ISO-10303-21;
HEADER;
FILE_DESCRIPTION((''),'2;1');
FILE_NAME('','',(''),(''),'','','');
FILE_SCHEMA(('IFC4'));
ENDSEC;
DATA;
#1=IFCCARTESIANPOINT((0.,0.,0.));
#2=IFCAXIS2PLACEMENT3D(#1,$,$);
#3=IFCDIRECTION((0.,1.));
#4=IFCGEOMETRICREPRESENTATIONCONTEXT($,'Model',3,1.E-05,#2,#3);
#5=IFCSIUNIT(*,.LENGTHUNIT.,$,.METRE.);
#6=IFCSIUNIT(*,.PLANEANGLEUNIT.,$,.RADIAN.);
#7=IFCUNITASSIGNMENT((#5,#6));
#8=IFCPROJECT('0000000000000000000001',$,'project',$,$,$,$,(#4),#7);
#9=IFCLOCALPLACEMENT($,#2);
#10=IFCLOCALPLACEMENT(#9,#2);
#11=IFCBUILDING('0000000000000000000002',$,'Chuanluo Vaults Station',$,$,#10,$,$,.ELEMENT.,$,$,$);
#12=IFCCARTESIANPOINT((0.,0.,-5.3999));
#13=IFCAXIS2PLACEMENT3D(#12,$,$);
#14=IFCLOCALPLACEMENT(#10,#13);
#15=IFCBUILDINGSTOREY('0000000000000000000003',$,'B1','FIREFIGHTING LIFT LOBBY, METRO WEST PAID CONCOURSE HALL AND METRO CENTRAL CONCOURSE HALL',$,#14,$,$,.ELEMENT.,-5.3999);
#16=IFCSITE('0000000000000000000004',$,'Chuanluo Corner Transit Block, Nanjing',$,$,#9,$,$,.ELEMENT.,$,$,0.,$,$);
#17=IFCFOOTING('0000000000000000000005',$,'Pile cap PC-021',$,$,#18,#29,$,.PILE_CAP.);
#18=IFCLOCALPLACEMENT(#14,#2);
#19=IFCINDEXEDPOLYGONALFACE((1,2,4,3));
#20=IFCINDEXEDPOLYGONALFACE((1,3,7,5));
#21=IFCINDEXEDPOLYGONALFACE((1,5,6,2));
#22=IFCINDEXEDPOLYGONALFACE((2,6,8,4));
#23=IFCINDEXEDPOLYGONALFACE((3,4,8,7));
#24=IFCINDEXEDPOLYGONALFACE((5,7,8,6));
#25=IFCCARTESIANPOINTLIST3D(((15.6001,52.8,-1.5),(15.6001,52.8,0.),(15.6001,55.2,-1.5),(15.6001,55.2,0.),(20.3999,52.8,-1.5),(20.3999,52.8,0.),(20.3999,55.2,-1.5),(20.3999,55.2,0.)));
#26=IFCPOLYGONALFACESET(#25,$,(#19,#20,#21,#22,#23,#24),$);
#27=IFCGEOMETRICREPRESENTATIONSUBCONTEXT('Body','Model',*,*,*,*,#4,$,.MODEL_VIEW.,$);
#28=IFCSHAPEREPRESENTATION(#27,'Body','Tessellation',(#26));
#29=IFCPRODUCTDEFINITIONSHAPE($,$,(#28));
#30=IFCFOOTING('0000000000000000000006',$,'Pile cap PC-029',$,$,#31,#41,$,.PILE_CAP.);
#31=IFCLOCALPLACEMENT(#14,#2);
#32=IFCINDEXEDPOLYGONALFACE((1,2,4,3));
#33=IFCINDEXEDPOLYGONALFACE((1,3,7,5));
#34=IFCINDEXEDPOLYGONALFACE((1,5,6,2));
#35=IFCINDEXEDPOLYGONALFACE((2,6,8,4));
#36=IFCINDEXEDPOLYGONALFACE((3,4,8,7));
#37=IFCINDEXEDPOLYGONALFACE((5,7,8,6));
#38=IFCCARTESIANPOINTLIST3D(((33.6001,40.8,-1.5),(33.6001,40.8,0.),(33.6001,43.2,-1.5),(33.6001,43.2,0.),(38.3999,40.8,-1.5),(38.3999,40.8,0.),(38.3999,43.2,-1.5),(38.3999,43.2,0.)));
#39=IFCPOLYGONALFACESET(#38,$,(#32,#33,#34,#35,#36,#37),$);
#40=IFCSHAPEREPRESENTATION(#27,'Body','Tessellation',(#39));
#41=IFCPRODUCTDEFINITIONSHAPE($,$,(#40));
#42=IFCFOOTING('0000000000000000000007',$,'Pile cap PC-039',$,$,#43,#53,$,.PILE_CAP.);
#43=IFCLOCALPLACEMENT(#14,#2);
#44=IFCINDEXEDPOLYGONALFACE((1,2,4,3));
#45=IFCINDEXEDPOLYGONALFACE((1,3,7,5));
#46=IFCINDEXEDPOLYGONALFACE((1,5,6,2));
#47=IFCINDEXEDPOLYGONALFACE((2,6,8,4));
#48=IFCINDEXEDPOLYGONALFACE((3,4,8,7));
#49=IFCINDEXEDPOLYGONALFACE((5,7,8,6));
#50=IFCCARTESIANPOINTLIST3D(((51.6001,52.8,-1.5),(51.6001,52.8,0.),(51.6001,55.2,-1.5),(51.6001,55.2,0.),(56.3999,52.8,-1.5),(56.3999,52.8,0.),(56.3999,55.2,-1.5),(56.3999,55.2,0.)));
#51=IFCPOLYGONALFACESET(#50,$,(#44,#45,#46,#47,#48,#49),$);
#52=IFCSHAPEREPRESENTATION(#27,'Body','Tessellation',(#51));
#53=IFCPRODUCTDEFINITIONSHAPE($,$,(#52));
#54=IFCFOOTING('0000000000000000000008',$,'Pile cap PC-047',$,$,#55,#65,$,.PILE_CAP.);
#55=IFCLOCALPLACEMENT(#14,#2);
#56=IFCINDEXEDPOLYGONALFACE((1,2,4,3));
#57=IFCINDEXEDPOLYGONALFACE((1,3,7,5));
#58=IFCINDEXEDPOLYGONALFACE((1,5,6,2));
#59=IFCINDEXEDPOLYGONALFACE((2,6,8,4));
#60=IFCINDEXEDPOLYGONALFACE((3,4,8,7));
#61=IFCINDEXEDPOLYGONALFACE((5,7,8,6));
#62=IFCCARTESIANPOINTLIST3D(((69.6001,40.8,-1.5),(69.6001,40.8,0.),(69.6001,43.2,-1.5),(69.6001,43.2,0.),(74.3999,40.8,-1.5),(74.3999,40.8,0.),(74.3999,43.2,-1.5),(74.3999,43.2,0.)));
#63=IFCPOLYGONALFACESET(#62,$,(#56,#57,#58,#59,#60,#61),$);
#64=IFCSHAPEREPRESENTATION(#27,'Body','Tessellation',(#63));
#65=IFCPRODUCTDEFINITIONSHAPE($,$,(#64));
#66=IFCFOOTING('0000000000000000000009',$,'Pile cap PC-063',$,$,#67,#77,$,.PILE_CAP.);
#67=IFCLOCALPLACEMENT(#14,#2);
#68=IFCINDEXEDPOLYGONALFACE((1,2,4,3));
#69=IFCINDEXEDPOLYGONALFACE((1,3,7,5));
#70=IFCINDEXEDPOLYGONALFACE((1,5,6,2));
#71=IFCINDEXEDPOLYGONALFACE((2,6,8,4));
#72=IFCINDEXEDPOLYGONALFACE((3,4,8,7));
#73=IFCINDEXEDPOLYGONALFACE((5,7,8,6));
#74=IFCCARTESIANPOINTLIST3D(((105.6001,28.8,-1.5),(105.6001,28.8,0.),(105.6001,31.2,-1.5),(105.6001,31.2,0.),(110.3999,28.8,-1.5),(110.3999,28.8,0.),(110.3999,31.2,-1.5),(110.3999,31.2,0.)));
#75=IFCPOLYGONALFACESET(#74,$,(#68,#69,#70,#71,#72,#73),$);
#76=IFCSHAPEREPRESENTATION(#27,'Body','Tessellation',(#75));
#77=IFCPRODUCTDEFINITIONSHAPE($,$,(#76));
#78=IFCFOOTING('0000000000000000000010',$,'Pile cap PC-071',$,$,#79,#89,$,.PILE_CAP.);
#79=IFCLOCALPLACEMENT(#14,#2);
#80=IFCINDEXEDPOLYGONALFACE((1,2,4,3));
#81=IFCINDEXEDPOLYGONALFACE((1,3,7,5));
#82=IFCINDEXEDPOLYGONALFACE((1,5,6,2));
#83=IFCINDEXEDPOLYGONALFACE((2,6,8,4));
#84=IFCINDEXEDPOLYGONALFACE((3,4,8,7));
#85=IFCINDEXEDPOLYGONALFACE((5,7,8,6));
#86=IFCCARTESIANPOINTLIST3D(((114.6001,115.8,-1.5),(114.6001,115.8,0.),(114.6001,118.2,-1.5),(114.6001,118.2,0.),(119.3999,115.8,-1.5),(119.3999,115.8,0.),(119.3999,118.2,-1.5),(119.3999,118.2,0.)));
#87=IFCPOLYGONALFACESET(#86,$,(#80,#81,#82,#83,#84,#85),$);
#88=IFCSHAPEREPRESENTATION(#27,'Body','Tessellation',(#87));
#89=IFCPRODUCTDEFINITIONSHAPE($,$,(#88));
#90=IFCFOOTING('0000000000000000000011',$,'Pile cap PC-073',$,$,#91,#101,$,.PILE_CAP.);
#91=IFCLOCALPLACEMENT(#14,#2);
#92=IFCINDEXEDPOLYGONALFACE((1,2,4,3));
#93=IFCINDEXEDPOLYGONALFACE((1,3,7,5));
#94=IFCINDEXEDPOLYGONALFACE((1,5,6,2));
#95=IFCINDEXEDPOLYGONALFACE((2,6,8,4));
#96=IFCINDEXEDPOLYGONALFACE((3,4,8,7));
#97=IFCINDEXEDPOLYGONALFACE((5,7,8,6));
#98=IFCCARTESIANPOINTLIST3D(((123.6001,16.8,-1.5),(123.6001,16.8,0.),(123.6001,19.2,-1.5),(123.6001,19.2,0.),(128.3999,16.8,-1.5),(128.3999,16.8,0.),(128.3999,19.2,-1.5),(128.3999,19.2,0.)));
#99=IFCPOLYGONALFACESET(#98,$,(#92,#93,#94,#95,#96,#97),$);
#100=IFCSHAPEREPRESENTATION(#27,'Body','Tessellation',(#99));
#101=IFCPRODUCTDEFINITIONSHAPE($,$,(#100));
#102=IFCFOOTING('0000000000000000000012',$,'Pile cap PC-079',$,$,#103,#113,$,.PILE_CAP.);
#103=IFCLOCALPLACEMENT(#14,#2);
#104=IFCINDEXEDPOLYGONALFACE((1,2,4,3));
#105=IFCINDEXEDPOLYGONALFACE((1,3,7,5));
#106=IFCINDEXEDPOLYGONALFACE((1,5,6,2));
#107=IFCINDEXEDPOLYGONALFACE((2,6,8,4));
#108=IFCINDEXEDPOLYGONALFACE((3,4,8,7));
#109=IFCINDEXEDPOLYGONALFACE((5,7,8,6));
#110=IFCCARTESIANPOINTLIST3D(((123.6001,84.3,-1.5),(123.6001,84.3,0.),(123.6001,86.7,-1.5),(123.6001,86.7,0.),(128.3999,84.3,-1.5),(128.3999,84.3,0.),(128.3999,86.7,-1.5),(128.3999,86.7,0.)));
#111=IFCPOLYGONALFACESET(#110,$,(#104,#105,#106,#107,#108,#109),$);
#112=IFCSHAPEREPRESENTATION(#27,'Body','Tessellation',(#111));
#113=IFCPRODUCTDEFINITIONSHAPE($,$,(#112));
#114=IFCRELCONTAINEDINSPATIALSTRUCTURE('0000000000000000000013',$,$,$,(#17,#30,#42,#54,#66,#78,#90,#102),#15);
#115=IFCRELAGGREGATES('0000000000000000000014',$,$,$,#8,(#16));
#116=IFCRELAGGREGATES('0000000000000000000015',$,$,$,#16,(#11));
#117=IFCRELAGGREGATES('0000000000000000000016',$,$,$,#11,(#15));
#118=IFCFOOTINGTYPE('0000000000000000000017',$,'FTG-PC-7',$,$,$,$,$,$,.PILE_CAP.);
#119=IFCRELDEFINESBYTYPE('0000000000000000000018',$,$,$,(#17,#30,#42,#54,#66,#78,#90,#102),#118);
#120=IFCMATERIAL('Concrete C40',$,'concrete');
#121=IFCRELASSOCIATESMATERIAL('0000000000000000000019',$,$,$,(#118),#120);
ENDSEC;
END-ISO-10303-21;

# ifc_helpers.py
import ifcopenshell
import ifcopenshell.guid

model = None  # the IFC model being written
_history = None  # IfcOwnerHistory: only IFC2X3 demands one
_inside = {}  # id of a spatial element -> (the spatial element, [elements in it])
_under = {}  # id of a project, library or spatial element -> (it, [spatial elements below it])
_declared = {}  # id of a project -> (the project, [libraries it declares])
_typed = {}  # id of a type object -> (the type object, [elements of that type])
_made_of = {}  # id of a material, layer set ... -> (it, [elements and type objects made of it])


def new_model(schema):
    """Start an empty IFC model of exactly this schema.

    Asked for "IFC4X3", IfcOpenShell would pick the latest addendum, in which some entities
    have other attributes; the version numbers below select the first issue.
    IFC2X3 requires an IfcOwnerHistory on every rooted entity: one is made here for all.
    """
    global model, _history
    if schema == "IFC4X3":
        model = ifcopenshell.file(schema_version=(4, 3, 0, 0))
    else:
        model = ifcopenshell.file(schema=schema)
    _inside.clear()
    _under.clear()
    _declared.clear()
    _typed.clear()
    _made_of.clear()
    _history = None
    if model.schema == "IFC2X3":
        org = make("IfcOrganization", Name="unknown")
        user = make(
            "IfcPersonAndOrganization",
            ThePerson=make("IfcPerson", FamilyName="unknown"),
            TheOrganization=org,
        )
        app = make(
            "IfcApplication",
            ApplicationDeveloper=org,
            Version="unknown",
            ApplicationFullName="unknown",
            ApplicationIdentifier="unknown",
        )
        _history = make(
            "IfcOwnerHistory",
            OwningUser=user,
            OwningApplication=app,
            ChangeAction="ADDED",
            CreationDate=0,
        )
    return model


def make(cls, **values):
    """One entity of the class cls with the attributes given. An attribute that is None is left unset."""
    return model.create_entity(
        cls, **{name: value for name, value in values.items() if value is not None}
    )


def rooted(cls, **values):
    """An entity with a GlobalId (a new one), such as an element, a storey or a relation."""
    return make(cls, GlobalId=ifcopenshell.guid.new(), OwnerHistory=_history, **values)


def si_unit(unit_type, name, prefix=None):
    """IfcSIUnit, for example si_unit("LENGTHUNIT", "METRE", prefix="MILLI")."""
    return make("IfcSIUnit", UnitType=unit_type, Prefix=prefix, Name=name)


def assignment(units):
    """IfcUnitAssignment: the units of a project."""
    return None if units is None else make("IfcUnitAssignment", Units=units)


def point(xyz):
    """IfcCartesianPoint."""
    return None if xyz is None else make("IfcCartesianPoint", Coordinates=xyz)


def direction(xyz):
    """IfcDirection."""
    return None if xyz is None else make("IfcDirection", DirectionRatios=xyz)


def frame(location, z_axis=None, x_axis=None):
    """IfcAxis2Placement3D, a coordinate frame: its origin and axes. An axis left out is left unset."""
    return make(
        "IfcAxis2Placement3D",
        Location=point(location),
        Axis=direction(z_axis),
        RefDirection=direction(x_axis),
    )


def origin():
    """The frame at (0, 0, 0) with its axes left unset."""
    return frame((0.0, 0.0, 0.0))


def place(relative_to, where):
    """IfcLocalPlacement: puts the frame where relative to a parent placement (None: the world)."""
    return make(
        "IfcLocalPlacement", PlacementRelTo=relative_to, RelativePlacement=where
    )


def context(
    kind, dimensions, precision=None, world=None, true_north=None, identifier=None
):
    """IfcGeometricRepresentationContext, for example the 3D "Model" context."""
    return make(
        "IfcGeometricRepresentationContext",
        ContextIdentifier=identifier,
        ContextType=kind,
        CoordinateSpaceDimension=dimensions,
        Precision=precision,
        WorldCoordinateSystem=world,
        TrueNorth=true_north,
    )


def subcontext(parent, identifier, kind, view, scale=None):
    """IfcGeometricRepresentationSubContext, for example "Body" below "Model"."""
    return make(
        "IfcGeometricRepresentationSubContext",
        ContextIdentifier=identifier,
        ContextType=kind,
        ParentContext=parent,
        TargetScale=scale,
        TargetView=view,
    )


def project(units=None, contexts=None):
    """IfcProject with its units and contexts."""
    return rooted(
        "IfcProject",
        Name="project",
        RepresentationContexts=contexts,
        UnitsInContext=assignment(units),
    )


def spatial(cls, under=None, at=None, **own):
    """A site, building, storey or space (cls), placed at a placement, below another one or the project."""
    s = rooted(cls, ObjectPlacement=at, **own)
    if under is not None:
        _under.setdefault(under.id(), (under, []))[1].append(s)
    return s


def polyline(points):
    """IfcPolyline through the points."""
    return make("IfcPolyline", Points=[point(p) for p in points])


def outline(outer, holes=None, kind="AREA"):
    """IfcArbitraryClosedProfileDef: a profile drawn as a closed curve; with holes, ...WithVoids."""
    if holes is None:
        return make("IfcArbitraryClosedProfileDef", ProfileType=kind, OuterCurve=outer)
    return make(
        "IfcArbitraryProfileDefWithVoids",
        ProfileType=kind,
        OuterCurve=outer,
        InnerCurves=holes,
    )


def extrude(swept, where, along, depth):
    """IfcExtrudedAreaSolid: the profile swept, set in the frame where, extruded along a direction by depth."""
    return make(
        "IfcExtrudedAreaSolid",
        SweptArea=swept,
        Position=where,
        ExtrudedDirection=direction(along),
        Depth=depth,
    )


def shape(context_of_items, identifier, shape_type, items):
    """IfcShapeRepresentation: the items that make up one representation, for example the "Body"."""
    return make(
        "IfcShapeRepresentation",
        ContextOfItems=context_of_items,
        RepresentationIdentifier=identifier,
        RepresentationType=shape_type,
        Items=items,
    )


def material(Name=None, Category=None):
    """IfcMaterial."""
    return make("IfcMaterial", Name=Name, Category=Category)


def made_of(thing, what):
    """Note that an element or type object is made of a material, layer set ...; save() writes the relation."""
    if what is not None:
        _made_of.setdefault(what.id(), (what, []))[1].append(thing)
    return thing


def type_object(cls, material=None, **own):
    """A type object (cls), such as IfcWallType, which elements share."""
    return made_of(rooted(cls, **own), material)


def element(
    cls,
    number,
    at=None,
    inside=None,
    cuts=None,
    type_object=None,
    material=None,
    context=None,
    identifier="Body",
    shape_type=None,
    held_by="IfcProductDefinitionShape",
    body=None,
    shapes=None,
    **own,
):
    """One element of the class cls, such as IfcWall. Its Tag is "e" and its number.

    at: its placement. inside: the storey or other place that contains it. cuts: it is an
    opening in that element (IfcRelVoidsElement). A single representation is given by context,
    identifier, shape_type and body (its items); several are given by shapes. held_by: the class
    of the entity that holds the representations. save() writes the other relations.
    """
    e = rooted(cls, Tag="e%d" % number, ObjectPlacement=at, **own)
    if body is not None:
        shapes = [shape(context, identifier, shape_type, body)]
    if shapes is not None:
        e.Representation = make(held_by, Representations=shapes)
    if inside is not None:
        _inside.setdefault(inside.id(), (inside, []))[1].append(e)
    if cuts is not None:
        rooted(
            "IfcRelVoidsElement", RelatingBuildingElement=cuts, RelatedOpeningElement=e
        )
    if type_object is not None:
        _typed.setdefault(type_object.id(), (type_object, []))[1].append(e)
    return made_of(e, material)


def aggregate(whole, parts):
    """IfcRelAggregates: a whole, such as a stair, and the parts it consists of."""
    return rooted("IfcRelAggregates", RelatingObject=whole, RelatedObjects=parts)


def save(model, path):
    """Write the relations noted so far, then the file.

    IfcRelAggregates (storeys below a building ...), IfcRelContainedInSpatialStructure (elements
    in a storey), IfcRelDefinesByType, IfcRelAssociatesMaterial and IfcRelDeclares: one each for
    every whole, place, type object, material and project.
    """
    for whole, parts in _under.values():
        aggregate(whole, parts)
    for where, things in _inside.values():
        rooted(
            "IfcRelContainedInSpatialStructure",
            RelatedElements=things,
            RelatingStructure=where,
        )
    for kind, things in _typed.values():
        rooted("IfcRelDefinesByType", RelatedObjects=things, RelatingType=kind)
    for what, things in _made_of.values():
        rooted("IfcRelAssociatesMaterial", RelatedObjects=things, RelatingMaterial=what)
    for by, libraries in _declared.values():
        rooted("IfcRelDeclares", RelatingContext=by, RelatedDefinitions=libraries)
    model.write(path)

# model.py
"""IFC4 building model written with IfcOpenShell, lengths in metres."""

from ifc_helpers import new_model, si_unit, direction, frame, origin, place, context, subcontext, project, spatial, polyline, outline, extrude, material, type_object, element, save


model = new_model("IFC4")

# Units and contexts
model_context = context("Model", 3, precision=1e-05, world=origin(), true_north=direction((0.0, 1.0)))
body_context = subcontext(model_context, "Body", "Model", "MODEL_VIEW")
ifc_project = project(units=[si_unit("LENGTHUNIT", "METRE"), si_unit("PLANEANGLEUNIT", "RADIAN")], contexts=[model_context])

# Site, building, storey
site_placement = place(None, origin())
site = spatial("IfcSite", under=ifc_project, at=site_placement, Name="Chuanluo Corner Transit Block, Nanjing", CompositionType="ELEMENT", RefElevation=0.0)
building_placement = place(site_placement, origin())
building = spatial("IfcBuilding", under=site, at=building_placement, Name="Chuanluo Vaults Station", CompositionType="ELEMENT")
storey_placement = place(building_placement, frame((0.0, 0.0, -5.3999)))
storey = spatial("IfcBuildingStorey", under=building, at=storey_placement, Name="B1", Description="FIREFIGHTING LIFT LOBBY, METRO WEST PAID CONCOURSE HALL AND METRO CENTRAL CONCOURSE HALL", CompositionType="ELEMENT", Elevation=-5.3999)

# Footings
ifc_material_1 = material(Name="Concrete C40", Category="concrete")
footing_type_1 = type_object("IfcFootingType", Name="FTG-PC-7", PredefinedType="PILE_CAP", material=ifc_material_1)
footing_1_placement = place(storey_placement, frame((0.0, 0.0, -1.5)))
element("IfcFooting", 1, at=footing_1_placement, inside=storey, type_object=footing_type_1, Name="Pile cap PC-021", PredefinedType="PILE_CAP", context=body_context, shape_type="SweptSolid", body=[
    extrude(outline(polyline([(15.6001, 52.8), (20.3999, 52.8), (20.3999, 55.2), (15.6001, 55.2), (15.6001, 52.8)])), origin(), (0.0, 0.0, 1.0), 1.5),
])
footing_2_placement = place(storey_placement, frame((0.0, 0.0, -1.5)))
element("IfcFooting", 2, at=footing_2_placement, inside=storey, type_object=footing_type_1, Name="Pile cap PC-029", PredefinedType="PILE_CAP", context=body_context, shape_type="SweptSolid", body=[
    extrude(outline(polyline([(33.6001, 40.8), (38.3999, 40.8), (38.3999, 43.2), (33.6001, 43.2), (33.6001, 40.8)])), origin(), (0.0, 0.0, 1.0), 1.5),
])
footing_3_placement = place(storey_placement, frame((0.0, 0.0, -1.5)))
element("IfcFooting", 3, at=footing_3_placement, inside=storey, type_object=footing_type_1, Name="Pile cap PC-039", PredefinedType="PILE_CAP", context=body_context, shape_type="SweptSolid", body=[
    extrude(outline(polyline([(51.6001, 52.8), (56.3999, 52.8), (56.3999, 55.2), (51.6001, 55.2), (51.6001, 52.8)])), origin(), (0.0, 0.0, 1.0), 1.5),
])
footing_4_placement = place(storey_placement, frame((0.0, 0.0, -1.5)))
element("IfcFooting", 4, at=footing_4_placement, inside=storey, type_object=footing_type_1, Name="Pile cap PC-047", PredefinedType="PILE_CAP", context=body_context, shape_type="SweptSolid", body=[
    extrude(outline(polyline([(69.6001, 40.8), (74.3999, 40.8), (74.3999, 43.2), (69.6001, 43.2), (69.6001, 40.8)])), origin(), (0.0, 0.0, 1.0), 1.5),
])
footing_5_placement = place(storey_placement, frame((0.0, 0.0, -1.5)))
element("IfcFooting", 5, at=footing_5_placement, inside=storey, type_object=footing_type_1, Name="Pile cap PC-063", PredefinedType="PILE_CAP", context=body_context, shape_type="SweptSolid", body=[
    extrude(outline(polyline([(105.6001, 28.8), (110.3999, 28.8), (110.3999, 31.2), (105.6001, 31.2), (105.6001, 28.8)])), origin(), (0.0, 0.0, 1.0), 1.5),
])
footing_6_placement = place(storey_placement, frame((0.0, 0.0, -1.5)))
element("IfcFooting", 6, at=footing_6_placement, inside=storey, type_object=footing_type_1, Name="Pile cap PC-071", PredefinedType="PILE_CAP", context=body_context, shape_type="SweptSolid", body=[
    extrude(outline(polyline([(114.6001, 115.8), (119.3999, 115.8), (119.3999, 118.2), (114.6001, 118.2), (114.6001, 115.8)])), origin(), (0.0, 0.0, 1.0), 1.5),
])
footing_7_placement = place(storey_placement, frame((0.0, 0.0, -1.5)))
element("IfcFooting", 7, at=footing_7_placement, inside=storey, type_object=footing_type_1, Name="Pile cap PC-073", PredefinedType="PILE_CAP", context=body_context, shape_type="SweptSolid", body=[
    extrude(outline(polyline([(123.6001, 16.8), (128.3999, 16.8), (128.3999, 19.2), (123.6001, 19.2), (123.6001, 16.8)])), origin(), (0.0, 0.0, 1.0), 1.5),
])
footing_8_placement = place(storey_placement, frame((0.0, 0.0, -1.5)))
element("IfcFooting", 8, at=footing_8_placement, inside=storey, type_object=footing_type_1, Name="Pile cap PC-079", PredefinedType="PILE_CAP", context=body_context, shape_type="SweptSolid", body=[
    extrude(outline(polyline([(123.6001, 84.3), (128.3999, 84.3), (128.3999, 86.7), (123.6001, 86.7), (123.6001, 84.3)])), origin(), (0.0, 0.0, 1.0), 1.5),
])

save(model, "model.ifc")
